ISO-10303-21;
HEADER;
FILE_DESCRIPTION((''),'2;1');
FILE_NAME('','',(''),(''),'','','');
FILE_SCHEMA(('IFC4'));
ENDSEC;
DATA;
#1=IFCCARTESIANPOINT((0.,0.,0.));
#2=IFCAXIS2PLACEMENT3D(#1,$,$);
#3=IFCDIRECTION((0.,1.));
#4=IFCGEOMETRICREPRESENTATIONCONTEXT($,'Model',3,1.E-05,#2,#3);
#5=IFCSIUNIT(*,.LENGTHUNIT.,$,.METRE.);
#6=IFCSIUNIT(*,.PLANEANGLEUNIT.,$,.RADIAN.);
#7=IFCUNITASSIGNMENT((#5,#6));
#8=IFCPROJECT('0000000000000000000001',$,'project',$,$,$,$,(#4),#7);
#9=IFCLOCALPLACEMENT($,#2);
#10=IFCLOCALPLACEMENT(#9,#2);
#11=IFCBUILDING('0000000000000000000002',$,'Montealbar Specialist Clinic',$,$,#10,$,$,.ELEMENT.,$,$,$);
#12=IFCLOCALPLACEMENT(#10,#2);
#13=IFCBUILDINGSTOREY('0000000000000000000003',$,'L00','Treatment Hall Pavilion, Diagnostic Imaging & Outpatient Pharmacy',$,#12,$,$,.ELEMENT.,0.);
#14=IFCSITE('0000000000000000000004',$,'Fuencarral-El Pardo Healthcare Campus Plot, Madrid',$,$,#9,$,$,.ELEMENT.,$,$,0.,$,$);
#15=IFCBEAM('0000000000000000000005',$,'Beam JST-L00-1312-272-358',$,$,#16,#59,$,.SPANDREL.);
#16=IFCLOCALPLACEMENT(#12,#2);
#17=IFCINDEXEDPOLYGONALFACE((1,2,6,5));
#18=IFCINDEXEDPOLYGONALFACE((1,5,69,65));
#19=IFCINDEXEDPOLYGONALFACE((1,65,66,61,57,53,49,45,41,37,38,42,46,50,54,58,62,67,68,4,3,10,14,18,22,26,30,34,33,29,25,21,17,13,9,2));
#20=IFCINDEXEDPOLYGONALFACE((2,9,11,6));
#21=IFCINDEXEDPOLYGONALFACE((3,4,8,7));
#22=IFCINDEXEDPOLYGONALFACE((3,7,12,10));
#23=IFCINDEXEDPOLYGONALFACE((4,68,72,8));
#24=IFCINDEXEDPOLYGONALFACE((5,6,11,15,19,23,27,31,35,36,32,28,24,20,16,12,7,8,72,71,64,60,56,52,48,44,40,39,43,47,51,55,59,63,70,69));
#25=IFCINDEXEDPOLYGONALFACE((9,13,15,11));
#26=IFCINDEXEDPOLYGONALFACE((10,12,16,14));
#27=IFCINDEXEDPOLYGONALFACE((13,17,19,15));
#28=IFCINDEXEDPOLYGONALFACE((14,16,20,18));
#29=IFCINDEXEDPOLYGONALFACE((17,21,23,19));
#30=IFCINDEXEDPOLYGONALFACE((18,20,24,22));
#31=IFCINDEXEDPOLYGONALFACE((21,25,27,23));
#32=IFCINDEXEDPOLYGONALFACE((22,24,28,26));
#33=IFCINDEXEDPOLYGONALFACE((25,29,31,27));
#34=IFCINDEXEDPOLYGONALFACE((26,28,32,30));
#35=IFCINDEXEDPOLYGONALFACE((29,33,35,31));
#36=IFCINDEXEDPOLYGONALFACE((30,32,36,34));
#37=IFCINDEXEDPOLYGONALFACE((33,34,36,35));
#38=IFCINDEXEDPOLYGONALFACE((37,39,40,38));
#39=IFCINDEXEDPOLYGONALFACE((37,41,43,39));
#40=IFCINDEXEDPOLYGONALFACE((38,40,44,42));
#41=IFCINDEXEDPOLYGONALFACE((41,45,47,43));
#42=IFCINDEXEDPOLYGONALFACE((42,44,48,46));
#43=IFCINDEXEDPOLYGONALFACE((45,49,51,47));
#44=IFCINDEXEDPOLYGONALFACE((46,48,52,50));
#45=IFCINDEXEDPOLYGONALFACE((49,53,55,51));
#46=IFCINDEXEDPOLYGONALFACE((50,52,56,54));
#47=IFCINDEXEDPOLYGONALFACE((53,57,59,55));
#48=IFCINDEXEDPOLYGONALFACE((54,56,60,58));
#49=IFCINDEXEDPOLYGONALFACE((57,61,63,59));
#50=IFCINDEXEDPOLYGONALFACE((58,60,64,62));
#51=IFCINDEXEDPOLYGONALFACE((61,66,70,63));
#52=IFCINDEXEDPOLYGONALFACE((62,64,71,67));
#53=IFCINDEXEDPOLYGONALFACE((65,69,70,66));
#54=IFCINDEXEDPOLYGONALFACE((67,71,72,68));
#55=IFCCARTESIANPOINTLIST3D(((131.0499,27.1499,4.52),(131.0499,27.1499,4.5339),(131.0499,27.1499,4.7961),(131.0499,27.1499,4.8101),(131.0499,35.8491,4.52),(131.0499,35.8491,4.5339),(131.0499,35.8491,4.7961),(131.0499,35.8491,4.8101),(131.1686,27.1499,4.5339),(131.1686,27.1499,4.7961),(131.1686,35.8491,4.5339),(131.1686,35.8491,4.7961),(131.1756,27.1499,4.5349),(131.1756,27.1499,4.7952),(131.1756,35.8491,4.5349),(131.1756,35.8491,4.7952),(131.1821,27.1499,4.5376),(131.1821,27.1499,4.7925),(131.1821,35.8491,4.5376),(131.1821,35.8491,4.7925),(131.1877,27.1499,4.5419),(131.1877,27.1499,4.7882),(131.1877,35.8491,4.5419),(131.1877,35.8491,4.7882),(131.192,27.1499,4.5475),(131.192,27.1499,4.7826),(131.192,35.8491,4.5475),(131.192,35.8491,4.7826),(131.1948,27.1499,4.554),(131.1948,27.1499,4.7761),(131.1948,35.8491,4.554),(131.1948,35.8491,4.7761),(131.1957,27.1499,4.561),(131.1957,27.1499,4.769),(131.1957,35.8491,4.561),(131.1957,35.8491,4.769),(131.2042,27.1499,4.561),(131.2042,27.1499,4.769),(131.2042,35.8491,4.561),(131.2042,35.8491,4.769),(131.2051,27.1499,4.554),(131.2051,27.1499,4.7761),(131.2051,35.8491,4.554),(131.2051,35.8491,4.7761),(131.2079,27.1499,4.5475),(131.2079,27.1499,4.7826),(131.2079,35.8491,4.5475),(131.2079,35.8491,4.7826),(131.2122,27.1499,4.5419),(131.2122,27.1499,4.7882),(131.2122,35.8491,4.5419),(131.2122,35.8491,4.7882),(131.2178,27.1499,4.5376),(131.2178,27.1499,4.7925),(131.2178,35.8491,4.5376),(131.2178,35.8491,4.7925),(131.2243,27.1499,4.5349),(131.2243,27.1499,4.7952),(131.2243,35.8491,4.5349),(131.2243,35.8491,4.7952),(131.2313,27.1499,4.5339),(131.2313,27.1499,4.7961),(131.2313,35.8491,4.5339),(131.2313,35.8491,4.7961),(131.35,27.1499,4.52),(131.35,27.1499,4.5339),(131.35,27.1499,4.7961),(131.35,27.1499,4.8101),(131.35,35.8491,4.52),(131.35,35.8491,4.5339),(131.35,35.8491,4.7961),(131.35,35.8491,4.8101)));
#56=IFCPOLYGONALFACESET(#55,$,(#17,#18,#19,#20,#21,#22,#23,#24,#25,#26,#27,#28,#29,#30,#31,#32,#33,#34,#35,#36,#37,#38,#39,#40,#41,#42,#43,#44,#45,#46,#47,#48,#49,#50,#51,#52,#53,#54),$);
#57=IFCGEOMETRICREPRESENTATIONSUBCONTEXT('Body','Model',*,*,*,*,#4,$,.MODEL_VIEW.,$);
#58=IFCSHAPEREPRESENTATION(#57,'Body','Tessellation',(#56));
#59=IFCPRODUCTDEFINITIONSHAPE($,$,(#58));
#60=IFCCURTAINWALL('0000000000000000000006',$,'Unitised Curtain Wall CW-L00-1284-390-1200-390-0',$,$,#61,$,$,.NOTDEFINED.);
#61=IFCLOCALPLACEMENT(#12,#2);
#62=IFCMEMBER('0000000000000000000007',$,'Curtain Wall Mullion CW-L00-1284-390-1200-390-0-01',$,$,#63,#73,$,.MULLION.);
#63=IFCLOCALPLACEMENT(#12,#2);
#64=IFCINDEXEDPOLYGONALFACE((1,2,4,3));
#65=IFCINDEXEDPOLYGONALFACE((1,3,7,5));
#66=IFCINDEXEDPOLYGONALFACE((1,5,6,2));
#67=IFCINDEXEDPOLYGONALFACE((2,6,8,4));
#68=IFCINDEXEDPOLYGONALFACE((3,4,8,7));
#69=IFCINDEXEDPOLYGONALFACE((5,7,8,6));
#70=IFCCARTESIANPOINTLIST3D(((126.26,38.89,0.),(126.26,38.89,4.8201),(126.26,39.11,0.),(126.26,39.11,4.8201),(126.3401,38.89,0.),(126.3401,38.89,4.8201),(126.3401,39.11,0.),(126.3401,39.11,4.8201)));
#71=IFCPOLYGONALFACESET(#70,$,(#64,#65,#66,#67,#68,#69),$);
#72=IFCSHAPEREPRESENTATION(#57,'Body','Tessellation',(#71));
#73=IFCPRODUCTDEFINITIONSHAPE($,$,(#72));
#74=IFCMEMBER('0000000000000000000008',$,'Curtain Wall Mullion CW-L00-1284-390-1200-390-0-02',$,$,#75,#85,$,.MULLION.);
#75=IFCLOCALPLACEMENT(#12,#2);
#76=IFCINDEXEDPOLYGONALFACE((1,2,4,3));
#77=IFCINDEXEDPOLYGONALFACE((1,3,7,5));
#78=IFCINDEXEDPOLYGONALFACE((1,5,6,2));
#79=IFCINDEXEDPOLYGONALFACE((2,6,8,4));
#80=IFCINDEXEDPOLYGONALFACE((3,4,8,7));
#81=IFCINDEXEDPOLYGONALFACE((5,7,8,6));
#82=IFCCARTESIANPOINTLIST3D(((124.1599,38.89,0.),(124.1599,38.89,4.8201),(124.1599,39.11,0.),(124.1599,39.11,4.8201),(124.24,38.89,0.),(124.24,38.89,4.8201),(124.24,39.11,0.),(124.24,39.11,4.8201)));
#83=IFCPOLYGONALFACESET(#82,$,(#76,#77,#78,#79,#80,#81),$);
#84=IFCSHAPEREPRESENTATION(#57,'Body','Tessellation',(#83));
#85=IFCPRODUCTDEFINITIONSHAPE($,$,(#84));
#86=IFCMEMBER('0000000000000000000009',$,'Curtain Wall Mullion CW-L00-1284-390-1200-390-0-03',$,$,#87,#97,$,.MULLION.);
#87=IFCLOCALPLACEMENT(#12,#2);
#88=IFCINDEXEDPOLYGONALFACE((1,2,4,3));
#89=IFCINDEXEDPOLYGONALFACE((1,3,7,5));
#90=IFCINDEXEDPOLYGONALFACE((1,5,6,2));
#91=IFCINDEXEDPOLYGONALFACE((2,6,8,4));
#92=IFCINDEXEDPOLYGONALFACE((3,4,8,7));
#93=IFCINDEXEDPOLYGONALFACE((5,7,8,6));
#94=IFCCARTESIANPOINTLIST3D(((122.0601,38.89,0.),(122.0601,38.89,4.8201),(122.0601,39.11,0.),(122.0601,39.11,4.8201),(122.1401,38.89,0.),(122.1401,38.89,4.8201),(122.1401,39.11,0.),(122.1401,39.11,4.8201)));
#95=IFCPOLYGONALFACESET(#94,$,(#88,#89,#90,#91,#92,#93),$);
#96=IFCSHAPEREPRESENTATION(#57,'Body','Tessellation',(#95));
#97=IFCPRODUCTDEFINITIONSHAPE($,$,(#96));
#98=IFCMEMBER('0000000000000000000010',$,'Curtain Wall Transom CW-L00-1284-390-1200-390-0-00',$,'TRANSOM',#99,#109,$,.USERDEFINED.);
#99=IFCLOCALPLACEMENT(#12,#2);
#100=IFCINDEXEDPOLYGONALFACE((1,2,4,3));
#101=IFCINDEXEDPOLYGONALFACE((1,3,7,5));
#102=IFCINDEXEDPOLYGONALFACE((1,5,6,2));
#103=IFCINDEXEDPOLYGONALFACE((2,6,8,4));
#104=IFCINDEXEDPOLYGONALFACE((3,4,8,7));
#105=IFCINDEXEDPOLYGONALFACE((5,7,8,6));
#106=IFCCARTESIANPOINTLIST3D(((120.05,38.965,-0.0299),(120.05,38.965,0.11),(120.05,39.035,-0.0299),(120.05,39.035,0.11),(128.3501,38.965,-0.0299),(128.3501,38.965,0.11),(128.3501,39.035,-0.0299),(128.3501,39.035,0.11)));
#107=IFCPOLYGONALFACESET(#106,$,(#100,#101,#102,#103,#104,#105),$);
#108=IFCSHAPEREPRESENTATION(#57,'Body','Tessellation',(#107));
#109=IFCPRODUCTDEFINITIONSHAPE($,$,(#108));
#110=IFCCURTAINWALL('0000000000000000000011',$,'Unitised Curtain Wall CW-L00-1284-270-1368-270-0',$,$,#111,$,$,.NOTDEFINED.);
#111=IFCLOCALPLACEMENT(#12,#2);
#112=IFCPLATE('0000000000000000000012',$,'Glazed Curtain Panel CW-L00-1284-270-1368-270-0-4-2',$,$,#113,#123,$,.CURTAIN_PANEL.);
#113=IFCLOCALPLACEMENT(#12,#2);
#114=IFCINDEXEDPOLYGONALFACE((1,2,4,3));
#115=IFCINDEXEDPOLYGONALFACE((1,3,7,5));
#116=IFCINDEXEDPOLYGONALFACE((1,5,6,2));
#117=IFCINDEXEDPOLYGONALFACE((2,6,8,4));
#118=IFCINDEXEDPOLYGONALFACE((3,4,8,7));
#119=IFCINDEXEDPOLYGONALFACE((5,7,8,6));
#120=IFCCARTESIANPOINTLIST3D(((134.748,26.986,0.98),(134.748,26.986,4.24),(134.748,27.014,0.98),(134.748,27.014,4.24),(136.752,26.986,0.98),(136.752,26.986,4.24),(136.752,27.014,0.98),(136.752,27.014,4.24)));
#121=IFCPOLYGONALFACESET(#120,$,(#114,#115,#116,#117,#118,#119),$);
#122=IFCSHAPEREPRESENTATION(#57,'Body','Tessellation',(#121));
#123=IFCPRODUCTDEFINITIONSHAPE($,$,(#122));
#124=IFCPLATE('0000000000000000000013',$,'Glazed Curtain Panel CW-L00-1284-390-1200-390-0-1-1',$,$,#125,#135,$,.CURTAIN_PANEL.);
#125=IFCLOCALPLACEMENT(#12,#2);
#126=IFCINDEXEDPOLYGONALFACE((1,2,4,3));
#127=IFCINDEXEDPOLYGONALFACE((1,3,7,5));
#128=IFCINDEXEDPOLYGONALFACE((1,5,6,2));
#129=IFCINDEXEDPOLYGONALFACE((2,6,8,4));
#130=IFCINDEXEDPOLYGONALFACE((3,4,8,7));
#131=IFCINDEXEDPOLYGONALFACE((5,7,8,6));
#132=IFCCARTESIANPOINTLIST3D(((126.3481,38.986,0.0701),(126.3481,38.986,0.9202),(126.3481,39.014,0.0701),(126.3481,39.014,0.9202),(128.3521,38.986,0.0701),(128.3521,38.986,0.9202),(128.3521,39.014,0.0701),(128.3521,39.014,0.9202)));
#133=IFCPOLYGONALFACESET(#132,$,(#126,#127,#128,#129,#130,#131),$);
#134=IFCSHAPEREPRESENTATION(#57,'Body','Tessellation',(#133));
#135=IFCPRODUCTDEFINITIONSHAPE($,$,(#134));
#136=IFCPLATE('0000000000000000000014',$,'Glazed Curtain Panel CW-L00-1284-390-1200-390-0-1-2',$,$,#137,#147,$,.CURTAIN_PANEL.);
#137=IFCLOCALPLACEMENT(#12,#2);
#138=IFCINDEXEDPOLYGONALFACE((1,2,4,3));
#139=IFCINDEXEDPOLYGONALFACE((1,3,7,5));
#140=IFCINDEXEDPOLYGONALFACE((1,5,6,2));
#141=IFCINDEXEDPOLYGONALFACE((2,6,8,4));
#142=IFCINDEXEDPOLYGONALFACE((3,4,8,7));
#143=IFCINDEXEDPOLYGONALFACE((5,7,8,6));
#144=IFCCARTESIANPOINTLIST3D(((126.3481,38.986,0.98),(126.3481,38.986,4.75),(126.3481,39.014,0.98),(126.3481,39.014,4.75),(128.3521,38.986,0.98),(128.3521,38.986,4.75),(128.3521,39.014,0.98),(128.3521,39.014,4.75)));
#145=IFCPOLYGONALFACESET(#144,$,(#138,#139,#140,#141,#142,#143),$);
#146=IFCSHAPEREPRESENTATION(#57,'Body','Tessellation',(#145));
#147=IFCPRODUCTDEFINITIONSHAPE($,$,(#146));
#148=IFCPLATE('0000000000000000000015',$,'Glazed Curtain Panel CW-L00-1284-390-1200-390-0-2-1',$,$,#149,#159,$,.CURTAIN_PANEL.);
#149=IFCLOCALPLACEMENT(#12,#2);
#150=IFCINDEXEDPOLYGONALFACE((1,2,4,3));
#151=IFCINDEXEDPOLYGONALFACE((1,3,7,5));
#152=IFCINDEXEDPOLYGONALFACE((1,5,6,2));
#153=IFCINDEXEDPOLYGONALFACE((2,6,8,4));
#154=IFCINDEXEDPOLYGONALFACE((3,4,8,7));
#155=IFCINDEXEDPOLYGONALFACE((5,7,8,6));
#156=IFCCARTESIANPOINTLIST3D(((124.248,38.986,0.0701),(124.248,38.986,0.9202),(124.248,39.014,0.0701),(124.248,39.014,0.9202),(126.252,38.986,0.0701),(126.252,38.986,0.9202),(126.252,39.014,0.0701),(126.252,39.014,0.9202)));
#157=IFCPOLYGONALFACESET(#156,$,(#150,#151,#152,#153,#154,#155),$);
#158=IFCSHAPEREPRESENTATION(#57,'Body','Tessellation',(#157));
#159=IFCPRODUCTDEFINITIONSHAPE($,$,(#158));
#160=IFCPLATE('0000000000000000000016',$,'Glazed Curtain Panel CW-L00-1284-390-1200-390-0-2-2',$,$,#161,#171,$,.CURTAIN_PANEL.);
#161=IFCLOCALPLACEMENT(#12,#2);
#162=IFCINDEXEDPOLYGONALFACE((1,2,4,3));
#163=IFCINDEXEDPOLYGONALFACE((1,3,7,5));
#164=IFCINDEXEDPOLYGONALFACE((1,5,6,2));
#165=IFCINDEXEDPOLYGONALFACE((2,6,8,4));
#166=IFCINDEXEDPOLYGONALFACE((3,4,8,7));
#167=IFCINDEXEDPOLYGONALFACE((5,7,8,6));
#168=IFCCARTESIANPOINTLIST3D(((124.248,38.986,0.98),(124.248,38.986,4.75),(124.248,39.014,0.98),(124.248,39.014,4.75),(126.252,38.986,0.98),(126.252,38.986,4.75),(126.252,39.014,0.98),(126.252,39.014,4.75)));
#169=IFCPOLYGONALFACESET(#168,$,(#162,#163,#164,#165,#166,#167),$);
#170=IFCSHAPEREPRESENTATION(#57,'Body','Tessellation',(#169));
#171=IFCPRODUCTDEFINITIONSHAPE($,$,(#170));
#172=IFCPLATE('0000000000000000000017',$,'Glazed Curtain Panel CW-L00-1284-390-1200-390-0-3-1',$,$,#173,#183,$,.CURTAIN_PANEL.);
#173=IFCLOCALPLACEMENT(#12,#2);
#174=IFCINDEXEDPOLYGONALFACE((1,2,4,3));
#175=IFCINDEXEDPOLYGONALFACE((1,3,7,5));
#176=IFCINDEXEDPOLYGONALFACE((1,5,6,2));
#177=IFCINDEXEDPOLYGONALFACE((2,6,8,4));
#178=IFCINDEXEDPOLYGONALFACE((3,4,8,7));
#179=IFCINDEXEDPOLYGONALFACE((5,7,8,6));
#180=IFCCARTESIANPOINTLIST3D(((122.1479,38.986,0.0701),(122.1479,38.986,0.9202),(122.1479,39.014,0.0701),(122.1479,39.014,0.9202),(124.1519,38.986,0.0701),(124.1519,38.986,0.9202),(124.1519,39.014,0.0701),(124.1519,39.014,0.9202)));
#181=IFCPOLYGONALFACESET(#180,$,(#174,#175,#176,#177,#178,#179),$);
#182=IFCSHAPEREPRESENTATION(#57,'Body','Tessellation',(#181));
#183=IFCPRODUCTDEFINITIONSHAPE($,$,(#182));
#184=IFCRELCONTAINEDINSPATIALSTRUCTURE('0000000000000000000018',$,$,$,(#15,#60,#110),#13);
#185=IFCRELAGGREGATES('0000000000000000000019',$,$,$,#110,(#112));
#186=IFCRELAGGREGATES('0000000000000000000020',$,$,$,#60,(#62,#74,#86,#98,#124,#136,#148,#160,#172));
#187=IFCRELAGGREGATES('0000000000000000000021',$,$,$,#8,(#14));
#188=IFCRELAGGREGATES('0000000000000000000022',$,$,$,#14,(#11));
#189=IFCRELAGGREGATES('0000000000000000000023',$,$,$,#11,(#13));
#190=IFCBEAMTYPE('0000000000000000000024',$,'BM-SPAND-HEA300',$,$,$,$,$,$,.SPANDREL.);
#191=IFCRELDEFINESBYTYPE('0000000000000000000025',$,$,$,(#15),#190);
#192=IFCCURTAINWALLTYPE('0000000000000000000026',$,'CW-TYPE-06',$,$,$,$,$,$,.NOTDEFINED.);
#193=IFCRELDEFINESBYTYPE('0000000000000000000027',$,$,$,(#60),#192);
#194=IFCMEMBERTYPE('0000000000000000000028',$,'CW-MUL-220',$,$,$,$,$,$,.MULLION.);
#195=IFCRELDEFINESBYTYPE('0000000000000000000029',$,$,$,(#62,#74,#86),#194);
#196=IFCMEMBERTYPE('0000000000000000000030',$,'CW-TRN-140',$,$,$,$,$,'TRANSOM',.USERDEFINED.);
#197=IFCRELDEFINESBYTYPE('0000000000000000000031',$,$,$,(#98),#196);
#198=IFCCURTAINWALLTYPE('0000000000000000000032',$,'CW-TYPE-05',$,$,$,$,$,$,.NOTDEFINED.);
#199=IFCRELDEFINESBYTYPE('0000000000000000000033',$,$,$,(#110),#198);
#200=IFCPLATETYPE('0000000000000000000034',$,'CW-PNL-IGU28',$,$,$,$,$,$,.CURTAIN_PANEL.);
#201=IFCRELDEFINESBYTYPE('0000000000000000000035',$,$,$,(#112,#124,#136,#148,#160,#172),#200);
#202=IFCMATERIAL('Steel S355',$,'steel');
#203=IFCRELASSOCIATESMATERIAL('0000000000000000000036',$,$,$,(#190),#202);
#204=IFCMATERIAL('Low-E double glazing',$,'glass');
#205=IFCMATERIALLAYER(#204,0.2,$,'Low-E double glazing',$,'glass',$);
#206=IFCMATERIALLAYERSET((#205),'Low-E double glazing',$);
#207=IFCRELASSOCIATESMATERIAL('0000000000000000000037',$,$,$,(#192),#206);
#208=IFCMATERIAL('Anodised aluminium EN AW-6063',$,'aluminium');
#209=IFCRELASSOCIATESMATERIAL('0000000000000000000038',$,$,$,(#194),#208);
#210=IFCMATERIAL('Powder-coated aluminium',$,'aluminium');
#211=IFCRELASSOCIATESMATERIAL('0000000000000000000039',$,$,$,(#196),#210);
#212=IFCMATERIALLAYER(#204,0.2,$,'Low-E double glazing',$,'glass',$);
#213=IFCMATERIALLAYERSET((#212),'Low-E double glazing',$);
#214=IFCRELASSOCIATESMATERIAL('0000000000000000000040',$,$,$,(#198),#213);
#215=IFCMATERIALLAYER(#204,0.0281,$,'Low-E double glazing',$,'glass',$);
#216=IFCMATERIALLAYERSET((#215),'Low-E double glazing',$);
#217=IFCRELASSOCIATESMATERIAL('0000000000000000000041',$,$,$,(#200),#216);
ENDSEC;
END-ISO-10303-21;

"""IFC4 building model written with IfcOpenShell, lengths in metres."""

from ifc_helpers import new_model, si_unit, direction, frame, origin, origin_2d, place, context, subcontext, project, spatial, rectangle, i_section, extrude, material, layer, layer_set, material_profile, profile_set, type_object, element, aggregate, save


model = new_model("IFC4")

# Units and contexts
model_context = context("Model", 3, precision=1e-05, world=origin(), true_north=direction((0.0, 1.0)))
body_context = subcontext(model_context, "Body", "Model", "MODEL_VIEW")
ifc_project = project(units=[si_unit("LENGTHUNIT", "METRE"), si_unit("PLANEANGLEUNIT", "RADIAN")], contexts=[model_context])

# Site, building, storey
site_placement = place(None, origin())
site = spatial("IfcSite", under=ifc_project, at=site_placement, Name="Fuencarral-El Pardo Healthcare Campus Plot, Madrid", CompositionType="ELEMENT", RefElevation=0.0)
building_placement = place(site_placement, origin())
building = spatial("IfcBuilding", under=site, at=building_placement, Name="Montealbar Specialist Clinic", CompositionType="ELEMENT")
storey_placement = place(building_placement, origin())
storey = spatial("IfcBuildingStorey", under=building, at=storey_placement, Name="L00", Description="Treatment Hall Pavilion, Diagnostic Imaging & Outpatient Pharmacy", CompositionType="ELEMENT", Elevation=0.0)

# Beam
ifc_material_1 = material(Name="Steel S355", Category="steel")
ifc_material_profile_1 = material_profile(ifc_material_1, i_section(OverallWidth=0.3, OverallDepth=0.29, WebThickness=0.0085, FlangeThickness=0.0139, FilletRadius=0.0271, at=origin_2d()), Name="HEA 300", Category="steel")
ifc_profile_set_1 = profile_set([ifc_material_profile_1], Name="Steel S355")
beam_type_1 = type_object("IfcBeamType", Name="BM-SPAND-HEA300", PredefinedType="SPANDREL", material=ifc_profile_set_1)
beam_1_placement = place(storey_placement, frame((131.2, 27.1499, 4.665), z_axis=(0.0, 1.0, 0.0), x_axis=(-1.0, 0.0, 0.0)))
element("IfcBeam", 1, at=beam_1_placement, inside=storey, type_object=beam_type_1, Name="Beam JST-L00-1312-272-358", PredefinedType="SPANDREL", context=body_context, shape_type="SweptSolid", body=[
    extrude(i_section(OverallWidth=0.3, OverallDepth=0.29, WebThickness=0.0085, FlangeThickness=0.0139, FilletRadius=0.0271, at=origin_2d()), origin(), (0.0, 0.0, 1.0), 8.6992),
])

# Curtain wall, members
ifc_material_2 = material(Name="Low-E double glazing", Category="glass")
ifc_layer_1 = layer(ifc_material_2, 0.2, Name="Low-E double glazing", Category="glass")
ifc_layer_set_1 = layer_set([ifc_layer_1], Name="Low-E double glazing")
curtain_wall_type_1 = type_object("IfcCurtainWallType", Name="CW-TYPE-06", PredefinedType="NOTDEFINED", material=ifc_layer_set_1)
curtain_wall_1_placement = place(storey_placement, origin())
curtain_wall_1 = element("IfcCurtainWall", 2, at=curtain_wall_1_placement, inside=storey, type_object=curtain_wall_type_1, Name="Unitised Curtain Wall CW-L00-1284-390-1200-390-0", PredefinedType="NOTDEFINED")
ifc_material_3 = material(Name="Anodised aluminium EN AW-6063", Category="aluminium")
ifc_material_profile_2 = material_profile(ifc_material_3, rectangle(XDim=0.0801, YDim=0.22, at=origin_2d()), Name="ALU 80x220", Category="aluminium")
ifc_profile_set_2 = profile_set([ifc_material_profile_2], Name="Anodised aluminium EN AW-6063")
member_type_1 = type_object("IfcMemberType", Name="CW-MUL-220", PredefinedType="MULLION", material=ifc_profile_set_2)
member_1_placement = place(storey_placement, frame((126.3, 39.0, 0.0), z_axis=(0.0, 0.0, 1.0), x_axis=(-1.0, 0.0, 0.0)))
member_1 = element("IfcMember", 3, at=member_1_placement, type_object=member_type_1, Name="Curtain Wall Mullion CW-L00-1284-390-1200-390-0-01", PredefinedType="MULLION", context=body_context, shape_type="SweptSolid", body=[
    extrude(rectangle(XDim=0.0801, YDim=0.22, at=origin_2d()), origin(), (0.0, 0.0, 1.0), 4.8201),
])
member_2_placement = place(storey_placement, frame((124.2, 39.0, 0.0), z_axis=(0.0, 0.0, 1.0), x_axis=(-1.0, 0.0, 0.0)))
member_2 = element("IfcMember", 4, at=member_2_placement, type_object=member_type_1, Name="Curtain Wall Mullion CW-L00-1284-390-1200-390-0-02", PredefinedType="MULLION", context=body_context, shape_type="SweptSolid", body=[
    extrude(rectangle(XDim=0.0801, YDim=0.22, at=origin_2d()), origin(), (0.0, 0.0, 1.0), 4.8201),
])
member_3_placement = place(storey_placement, frame((122.1001, 39.0, 0.0), z_axis=(0.0, 0.0, 1.0), x_axis=(-1.0, 0.0, 0.0)))
member_3 = element("IfcMember", 5, at=member_3_placement, type_object=member_type_1, Name="Curtain Wall Mullion CW-L00-1284-390-1200-390-0-03", PredefinedType="MULLION", context=body_context, shape_type="SweptSolid", body=[
    extrude(rectangle(XDim=0.0801, YDim=0.22, at=origin_2d()), origin(), (0.0, 0.0, 1.0), 4.8201),
])
ifc_material_4 = material(Name="Powder-coated aluminium", Category="aluminium")
ifc_material_profile_3 = material_profile(ifc_material_4, rectangle(XDim=0.0701, YDim=0.1399, at=origin_2d()), Name="ALU 70x140", Category="aluminium")
ifc_profile_set_3 = profile_set([ifc_material_profile_3], Name="Powder-coated aluminium")
member_type_2 = type_object("IfcMemberType", Name="CW-TRN-140", ElementType="TRANSOM", PredefinedType="USERDEFINED", material=ifc_profile_set_3)
member_4_placement = place(storey_placement, frame((128.3501, 39.0, 0.04), z_axis=(-1.0, 0.0, 0.0), x_axis=(0.0, -1.0, 0.0)))
member_4 = element("IfcMember", 6, at=member_4_placement, type_object=member_type_2, Name="Curtain Wall Transom CW-L00-1284-390-1200-390-0-00", ObjectType="TRANSOM", PredefinedType="USERDEFINED", context=body_context, shape_type="SweptSolid", body=[
    extrude(rectangle(XDim=0.0701, YDim=0.1399, at=origin_2d()), origin(), (0.0, 0.0, 1.0), 8.3),
])

# Curtain wall, plate
ifc_layer_2 = layer(ifc_material_2, 0.2, Name="Low-E double glazing", Category="glass")
ifc_layer_set_2 = layer_set([ifc_layer_2], Name="Low-E double glazing")
curtain_wall_type_2 = type_object("IfcCurtainWallType", Name="CW-TYPE-05", PredefinedType="NOTDEFINED", material=ifc_layer_set_2)
curtain_wall_2_placement = place(storey_placement, origin())
curtain_wall_2 = element("IfcCurtainWall", 7, at=curtain_wall_2_placement, inside=storey, type_object=curtain_wall_type_2, Name="Unitised Curtain Wall CW-L00-1284-270-1368-270-0", PredefinedType="NOTDEFINED")
ifc_layer_3 = layer(ifc_material_2, 0.0281, Name="Low-E double glazing", Category="glass")
ifc_layer_set_3 = layer_set([ifc_layer_3], Name="Low-E double glazing")
plate_type = type_object("IfcPlateType", Name="CW-PNL-IGU28", PredefinedType="CURTAIN_PANEL", material=ifc_layer_set_3)
plate_1_placement = place(storey_placement, frame((135.75, 27.0, 0.98), z_axis=(0.0, 0.0, 1.0), x_axis=(1.0, 0.0, 0.0)))
plate_1 = element("IfcPlate", 8, at=plate_1_placement, type_object=plate_type, Name="Glazed Curtain Panel CW-L00-1284-270-1368-270-0-4-2", PredefinedType="CURTAIN_PANEL", context=body_context, shape_type="SweptSolid", body=[
    extrude(rectangle(XDim=2.0039, YDim=0.0281, at=origin_2d()), origin(), (0.0, 0.0, 1.0), 3.26),
])
aggregate(curtain_wall_2, [plate_1])

# Plates
plate_2_placement = place(storey_placement, frame((127.3501, 39.0, 0.0701), z_axis=(0.0, 0.0, 1.0), x_axis=(-1.0, 0.0, 0.0)))
plate_2 = element("IfcPlate", 9, at=plate_2_placement, type_object=plate_type, Name="Glazed Curtain Panel CW-L00-1284-390-1200-390-0-1-1", PredefinedType="CURTAIN_PANEL", context=body_context, shape_type="SweptSolid", body=[
    extrude(rectangle(XDim=2.0039, YDim=0.0281, at=origin_2d()), origin(), (0.0, 0.0, 1.0), 0.8501),
])
plate_3_placement = place(storey_placement, frame((127.3501, 39.0, 0.98), z_axis=(0.0, 0.0, 1.0), x_axis=(-1.0, 0.0, 0.0)))
plate_3 = element("IfcPlate", 10, at=plate_3_placement, type_object=plate_type, Name="Glazed Curtain Panel CW-L00-1284-390-1200-390-0-1-2", PredefinedType="CURTAIN_PANEL", context=body_context, shape_type="SweptSolid", body=[
    extrude(rectangle(XDim=2.0039, YDim=0.0281, at=origin_2d()), origin(), (0.0, 0.0, 1.0), 3.77),
])
plate_4_placement = place(storey_placement, frame((125.25, 39.0, 0.0701), z_axis=(0.0, 0.0, 1.0), x_axis=(-1.0, 0.0, 0.0)))
plate_4 = element("IfcPlate", 11, at=plate_4_placement, type_object=plate_type, Name="Glazed Curtain Panel CW-L00-1284-390-1200-390-0-2-1", PredefinedType="CURTAIN_PANEL", context=body_context, shape_type="SweptSolid", body=[
    extrude(rectangle(XDim=2.0039, YDim=0.0281, at=origin_2d()), origin(), (0.0, 0.0, 1.0), 0.8501),
])
plate_5_placement = place(storey_placement, frame((125.25, 39.0, 0.98), z_axis=(0.0, 0.0, 1.0), x_axis=(-1.0, 0.0, 0.0)))
plate_5 = element("IfcPlate", 12, at=plate_5_placement, type_object=plate_type, Name="Glazed Curtain Panel CW-L00-1284-390-1200-390-0-2-2", PredefinedType="CURTAIN_PANEL", context=body_context, shape_type="SweptSolid", body=[
    extrude(rectangle(XDim=2.0039, YDim=0.0281, at=origin_2d()), origin(), (0.0, 0.0, 1.0), 3.77),
])
plate_6_placement = place(storey_placement, frame((123.1499, 39.0, 0.0701), z_axis=(0.0, 0.0, 1.0), x_axis=(-1.0, 0.0, 0.0)))
plate_6 = element("IfcPlate", 13, at=plate_6_placement, type_object=plate_type, Name="Glazed Curtain Panel CW-L00-1284-390-1200-390-0-3-1", PredefinedType="CURTAIN_PANEL", context=body_context, shape_type="SweptSolid", body=[
    extrude(rectangle(XDim=2.0039, YDim=0.0281, at=origin_2d()), origin(), (0.0, 0.0, 1.0), 0.8501),
])
aggregate(curtain_wall_1, [member_1, member_2, member_3, member_4, plate_2, plate_3, plate_4, plate_5, plate_6])

save(model, "model.ifc")
